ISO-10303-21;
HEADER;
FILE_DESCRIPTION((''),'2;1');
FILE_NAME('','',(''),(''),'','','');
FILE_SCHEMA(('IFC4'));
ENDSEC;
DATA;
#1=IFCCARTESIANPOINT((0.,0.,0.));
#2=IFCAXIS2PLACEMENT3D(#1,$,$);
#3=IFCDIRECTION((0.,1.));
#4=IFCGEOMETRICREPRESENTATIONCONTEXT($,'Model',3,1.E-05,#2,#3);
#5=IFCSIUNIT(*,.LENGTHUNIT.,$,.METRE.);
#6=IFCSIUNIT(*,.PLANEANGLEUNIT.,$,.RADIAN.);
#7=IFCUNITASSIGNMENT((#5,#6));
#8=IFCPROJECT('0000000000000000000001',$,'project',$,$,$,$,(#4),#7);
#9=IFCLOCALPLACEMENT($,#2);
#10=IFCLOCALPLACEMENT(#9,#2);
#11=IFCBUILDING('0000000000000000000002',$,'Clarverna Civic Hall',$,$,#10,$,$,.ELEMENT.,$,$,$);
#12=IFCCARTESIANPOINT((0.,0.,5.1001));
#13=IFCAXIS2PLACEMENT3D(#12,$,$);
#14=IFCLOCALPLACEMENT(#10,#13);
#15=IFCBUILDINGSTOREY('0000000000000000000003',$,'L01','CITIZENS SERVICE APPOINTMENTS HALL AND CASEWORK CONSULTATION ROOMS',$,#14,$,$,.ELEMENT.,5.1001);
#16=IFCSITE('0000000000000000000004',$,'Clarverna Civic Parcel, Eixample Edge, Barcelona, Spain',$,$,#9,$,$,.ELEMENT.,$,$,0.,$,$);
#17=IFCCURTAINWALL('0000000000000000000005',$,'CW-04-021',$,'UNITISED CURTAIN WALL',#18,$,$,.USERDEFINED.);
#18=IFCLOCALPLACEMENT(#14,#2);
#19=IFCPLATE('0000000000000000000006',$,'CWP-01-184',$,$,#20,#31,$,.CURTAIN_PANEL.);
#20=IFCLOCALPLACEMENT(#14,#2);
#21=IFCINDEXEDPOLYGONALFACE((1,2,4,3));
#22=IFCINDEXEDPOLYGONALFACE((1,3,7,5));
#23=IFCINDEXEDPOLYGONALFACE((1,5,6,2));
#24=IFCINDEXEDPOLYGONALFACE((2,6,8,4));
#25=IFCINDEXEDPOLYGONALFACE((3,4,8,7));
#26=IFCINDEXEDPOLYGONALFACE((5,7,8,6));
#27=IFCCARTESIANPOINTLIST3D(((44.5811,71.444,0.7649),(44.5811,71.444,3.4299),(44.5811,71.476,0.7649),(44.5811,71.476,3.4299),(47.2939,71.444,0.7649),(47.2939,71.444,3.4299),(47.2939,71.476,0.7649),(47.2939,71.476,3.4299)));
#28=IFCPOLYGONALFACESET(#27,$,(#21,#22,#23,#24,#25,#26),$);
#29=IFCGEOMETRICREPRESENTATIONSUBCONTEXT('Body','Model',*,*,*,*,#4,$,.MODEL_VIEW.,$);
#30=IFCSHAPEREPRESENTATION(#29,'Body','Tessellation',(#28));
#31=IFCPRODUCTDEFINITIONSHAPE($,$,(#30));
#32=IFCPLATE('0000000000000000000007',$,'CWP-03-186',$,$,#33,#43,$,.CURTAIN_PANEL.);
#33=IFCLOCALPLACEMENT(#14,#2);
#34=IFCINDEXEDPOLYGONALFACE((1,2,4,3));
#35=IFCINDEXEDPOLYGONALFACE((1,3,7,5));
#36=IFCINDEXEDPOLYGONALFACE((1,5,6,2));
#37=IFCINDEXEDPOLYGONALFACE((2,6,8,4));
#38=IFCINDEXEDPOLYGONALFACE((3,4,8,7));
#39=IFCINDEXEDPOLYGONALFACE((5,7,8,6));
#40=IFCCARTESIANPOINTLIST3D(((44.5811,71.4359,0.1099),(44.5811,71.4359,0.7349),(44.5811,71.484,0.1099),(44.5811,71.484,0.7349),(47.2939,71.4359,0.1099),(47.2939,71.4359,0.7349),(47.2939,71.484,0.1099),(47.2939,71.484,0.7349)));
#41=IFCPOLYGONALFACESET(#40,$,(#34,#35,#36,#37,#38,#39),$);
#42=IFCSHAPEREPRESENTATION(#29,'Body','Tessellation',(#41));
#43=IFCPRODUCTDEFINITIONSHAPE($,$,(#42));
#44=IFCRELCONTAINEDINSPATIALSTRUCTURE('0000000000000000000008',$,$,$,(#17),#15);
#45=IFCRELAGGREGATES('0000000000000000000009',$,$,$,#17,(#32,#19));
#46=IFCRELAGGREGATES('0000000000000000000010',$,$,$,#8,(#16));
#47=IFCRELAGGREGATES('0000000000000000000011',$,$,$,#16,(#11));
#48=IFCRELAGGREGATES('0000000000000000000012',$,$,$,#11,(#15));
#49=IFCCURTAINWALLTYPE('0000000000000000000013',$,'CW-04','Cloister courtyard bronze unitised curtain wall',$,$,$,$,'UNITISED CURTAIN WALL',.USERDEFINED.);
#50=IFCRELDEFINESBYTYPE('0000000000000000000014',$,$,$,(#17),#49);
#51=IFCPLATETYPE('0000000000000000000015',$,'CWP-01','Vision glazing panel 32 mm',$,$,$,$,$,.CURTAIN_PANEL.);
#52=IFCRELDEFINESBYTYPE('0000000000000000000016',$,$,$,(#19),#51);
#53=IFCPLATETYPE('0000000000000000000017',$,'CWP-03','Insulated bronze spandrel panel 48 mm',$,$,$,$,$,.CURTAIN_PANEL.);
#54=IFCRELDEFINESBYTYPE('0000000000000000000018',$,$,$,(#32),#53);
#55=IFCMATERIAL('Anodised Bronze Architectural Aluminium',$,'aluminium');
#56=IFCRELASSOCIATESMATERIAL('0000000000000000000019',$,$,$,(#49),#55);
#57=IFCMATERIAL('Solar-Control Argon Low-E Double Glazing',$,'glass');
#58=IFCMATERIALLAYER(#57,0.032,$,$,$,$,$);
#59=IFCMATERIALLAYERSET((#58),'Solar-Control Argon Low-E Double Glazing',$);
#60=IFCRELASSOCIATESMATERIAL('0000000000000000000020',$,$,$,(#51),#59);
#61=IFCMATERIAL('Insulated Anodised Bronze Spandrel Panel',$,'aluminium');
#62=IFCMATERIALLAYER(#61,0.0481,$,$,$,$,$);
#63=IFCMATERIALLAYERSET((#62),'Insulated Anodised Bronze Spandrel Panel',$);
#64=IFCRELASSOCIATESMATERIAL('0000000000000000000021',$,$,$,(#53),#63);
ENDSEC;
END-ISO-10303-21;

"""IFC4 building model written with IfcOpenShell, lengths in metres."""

from ifc_helpers import new_model, si_unit, direction, frame, frame_2d, origin, place, context, subcontext, project, spatial, rectangle, extrude, material, layer, layer_set, type_object, element, aggregate, save


model = new_model("IFC4")

# Units and contexts
model_context = context("Model", 3, precision=1e-05, world=origin(), true_north=direction((0.0, 1.0)))
body_context = subcontext(model_context, "Body", "Model", "MODEL_VIEW")
ifc_project = project(units=[si_unit("LENGTHUNIT", "METRE"), si_unit("PLANEANGLEUNIT", "RADIAN")], contexts=[model_context])

# Site, building, storey
site_placement = place(None, origin())
site = spatial("IfcSite", under=ifc_project, at=site_placement, Name="Clarverna Civic Parcel, Eixample Edge, Barcelona, Spain", CompositionType="ELEMENT", RefElevation=0.0)
building_placement = place(site_placement, origin())
building = spatial("IfcBuilding", under=site, at=building_placement, Name="Clarverna Civic Hall", CompositionType="ELEMENT")
storey_placement = place(building_placement, frame((0.0, 0.0, 5.1001)))
storey = spatial("IfcBuildingStorey", under=building, at=storey_placement, Name="L01", Description="CITIZENS SERVICE APPOINTMENTS HALL AND CASEWORK CONSULTATION ROOMS", CompositionType="ELEMENT", Elevation=5.1001)

# Curtain wall, plates
ifc_material_1 = material(Name="Anodised Bronze Architectural Aluminium", Category="aluminium")
curtain_wall_type = type_object("IfcCurtainWallType", Name="CW-04", Description="Cloister courtyard bronze unitised curtain wall", ElementType="UNITISED CURTAIN WALL", PredefinedType="USERDEFINED", material=ifc_material_1)
curtain_wall_placement = place(storey_placement, origin())
curtain_wall = element("IfcCurtainWall", 1, at=curtain_wall_placement, inside=storey, type_object=curtain_wall_type, Name="CW-04-021", ObjectType="UNITISED CURTAIN WALL", PredefinedType="USERDEFINED")
ifc_material_2 = material(Name="Solar-Control Argon Low-E Double Glazing", Category="glass")
ifc_layer_1 = layer(ifc_material_2, 0.032)
ifc_layer_set_1 = layer_set([ifc_layer_1], Name="Solar-Control Argon Low-E Double Glazing")
plate_type_1 = type_object("IfcPlateType", Name="CWP-01", Description="Vision glazing panel 32 mm", PredefinedType="CURTAIN_PANEL", material=ifc_layer_set_1)
plate_1_placement = place(storey_placement, frame((44.5811, 71.46, 0.7649), z_axis=(0.0, 0.0, 1.0), x_axis=(1.0, 0.0, 0.0)))
plate_1 = element("IfcPlate", 2, at=plate_1_placement, type_object=plate_type_1, Name="CWP-01-184", PredefinedType="CURTAIN_PANEL", context=body_context, shape_type="SweptSolid", body=[
    extrude(rectangle(XDim=2.7129, YDim=0.032, at=frame_2d((1.3564, 0.0))), origin(), (0.0, 0.0, 1.0), 2.665),
])
ifc_material_3 = material(Name="Insulated Anodised Bronze Spandrel Panel", Category="aluminium")
ifc_layer_2 = layer(ifc_material_3, 0.0481)
ifc_layer_set_2 = layer_set([ifc_layer_2], Name="Insulated Anodised Bronze Spandrel Panel")
plate_type_2 = type_object("IfcPlateType", Name="CWP-03", Description="Insulated bronze spandrel panel 48 mm", PredefinedType="CURTAIN_PANEL", material=ifc_layer_set_2)
plate_2_placement = place(storey_placement, frame((44.5811, 71.46, 0.1099), z_axis=(0.0, 0.0, 1.0), x_axis=(1.0, 0.0, 0.0)))
plate_2 = element("IfcPlate", 3, at=plate_2_placement, type_object=plate_type_2, Name="CWP-03-186", PredefinedType="CURTAIN_PANEL", context=body_context, shape_type="SweptSolid", body=[
    extrude(rectangle(XDim=2.7129, YDim=0.0481, at=frame_2d((1.3564, 0.0))), origin(), (0.0, 0.0, 1.0), 0.625),
])
aggregate(curtain_wall, [plate_2, plate_1])

save(model, "model.ifc")
